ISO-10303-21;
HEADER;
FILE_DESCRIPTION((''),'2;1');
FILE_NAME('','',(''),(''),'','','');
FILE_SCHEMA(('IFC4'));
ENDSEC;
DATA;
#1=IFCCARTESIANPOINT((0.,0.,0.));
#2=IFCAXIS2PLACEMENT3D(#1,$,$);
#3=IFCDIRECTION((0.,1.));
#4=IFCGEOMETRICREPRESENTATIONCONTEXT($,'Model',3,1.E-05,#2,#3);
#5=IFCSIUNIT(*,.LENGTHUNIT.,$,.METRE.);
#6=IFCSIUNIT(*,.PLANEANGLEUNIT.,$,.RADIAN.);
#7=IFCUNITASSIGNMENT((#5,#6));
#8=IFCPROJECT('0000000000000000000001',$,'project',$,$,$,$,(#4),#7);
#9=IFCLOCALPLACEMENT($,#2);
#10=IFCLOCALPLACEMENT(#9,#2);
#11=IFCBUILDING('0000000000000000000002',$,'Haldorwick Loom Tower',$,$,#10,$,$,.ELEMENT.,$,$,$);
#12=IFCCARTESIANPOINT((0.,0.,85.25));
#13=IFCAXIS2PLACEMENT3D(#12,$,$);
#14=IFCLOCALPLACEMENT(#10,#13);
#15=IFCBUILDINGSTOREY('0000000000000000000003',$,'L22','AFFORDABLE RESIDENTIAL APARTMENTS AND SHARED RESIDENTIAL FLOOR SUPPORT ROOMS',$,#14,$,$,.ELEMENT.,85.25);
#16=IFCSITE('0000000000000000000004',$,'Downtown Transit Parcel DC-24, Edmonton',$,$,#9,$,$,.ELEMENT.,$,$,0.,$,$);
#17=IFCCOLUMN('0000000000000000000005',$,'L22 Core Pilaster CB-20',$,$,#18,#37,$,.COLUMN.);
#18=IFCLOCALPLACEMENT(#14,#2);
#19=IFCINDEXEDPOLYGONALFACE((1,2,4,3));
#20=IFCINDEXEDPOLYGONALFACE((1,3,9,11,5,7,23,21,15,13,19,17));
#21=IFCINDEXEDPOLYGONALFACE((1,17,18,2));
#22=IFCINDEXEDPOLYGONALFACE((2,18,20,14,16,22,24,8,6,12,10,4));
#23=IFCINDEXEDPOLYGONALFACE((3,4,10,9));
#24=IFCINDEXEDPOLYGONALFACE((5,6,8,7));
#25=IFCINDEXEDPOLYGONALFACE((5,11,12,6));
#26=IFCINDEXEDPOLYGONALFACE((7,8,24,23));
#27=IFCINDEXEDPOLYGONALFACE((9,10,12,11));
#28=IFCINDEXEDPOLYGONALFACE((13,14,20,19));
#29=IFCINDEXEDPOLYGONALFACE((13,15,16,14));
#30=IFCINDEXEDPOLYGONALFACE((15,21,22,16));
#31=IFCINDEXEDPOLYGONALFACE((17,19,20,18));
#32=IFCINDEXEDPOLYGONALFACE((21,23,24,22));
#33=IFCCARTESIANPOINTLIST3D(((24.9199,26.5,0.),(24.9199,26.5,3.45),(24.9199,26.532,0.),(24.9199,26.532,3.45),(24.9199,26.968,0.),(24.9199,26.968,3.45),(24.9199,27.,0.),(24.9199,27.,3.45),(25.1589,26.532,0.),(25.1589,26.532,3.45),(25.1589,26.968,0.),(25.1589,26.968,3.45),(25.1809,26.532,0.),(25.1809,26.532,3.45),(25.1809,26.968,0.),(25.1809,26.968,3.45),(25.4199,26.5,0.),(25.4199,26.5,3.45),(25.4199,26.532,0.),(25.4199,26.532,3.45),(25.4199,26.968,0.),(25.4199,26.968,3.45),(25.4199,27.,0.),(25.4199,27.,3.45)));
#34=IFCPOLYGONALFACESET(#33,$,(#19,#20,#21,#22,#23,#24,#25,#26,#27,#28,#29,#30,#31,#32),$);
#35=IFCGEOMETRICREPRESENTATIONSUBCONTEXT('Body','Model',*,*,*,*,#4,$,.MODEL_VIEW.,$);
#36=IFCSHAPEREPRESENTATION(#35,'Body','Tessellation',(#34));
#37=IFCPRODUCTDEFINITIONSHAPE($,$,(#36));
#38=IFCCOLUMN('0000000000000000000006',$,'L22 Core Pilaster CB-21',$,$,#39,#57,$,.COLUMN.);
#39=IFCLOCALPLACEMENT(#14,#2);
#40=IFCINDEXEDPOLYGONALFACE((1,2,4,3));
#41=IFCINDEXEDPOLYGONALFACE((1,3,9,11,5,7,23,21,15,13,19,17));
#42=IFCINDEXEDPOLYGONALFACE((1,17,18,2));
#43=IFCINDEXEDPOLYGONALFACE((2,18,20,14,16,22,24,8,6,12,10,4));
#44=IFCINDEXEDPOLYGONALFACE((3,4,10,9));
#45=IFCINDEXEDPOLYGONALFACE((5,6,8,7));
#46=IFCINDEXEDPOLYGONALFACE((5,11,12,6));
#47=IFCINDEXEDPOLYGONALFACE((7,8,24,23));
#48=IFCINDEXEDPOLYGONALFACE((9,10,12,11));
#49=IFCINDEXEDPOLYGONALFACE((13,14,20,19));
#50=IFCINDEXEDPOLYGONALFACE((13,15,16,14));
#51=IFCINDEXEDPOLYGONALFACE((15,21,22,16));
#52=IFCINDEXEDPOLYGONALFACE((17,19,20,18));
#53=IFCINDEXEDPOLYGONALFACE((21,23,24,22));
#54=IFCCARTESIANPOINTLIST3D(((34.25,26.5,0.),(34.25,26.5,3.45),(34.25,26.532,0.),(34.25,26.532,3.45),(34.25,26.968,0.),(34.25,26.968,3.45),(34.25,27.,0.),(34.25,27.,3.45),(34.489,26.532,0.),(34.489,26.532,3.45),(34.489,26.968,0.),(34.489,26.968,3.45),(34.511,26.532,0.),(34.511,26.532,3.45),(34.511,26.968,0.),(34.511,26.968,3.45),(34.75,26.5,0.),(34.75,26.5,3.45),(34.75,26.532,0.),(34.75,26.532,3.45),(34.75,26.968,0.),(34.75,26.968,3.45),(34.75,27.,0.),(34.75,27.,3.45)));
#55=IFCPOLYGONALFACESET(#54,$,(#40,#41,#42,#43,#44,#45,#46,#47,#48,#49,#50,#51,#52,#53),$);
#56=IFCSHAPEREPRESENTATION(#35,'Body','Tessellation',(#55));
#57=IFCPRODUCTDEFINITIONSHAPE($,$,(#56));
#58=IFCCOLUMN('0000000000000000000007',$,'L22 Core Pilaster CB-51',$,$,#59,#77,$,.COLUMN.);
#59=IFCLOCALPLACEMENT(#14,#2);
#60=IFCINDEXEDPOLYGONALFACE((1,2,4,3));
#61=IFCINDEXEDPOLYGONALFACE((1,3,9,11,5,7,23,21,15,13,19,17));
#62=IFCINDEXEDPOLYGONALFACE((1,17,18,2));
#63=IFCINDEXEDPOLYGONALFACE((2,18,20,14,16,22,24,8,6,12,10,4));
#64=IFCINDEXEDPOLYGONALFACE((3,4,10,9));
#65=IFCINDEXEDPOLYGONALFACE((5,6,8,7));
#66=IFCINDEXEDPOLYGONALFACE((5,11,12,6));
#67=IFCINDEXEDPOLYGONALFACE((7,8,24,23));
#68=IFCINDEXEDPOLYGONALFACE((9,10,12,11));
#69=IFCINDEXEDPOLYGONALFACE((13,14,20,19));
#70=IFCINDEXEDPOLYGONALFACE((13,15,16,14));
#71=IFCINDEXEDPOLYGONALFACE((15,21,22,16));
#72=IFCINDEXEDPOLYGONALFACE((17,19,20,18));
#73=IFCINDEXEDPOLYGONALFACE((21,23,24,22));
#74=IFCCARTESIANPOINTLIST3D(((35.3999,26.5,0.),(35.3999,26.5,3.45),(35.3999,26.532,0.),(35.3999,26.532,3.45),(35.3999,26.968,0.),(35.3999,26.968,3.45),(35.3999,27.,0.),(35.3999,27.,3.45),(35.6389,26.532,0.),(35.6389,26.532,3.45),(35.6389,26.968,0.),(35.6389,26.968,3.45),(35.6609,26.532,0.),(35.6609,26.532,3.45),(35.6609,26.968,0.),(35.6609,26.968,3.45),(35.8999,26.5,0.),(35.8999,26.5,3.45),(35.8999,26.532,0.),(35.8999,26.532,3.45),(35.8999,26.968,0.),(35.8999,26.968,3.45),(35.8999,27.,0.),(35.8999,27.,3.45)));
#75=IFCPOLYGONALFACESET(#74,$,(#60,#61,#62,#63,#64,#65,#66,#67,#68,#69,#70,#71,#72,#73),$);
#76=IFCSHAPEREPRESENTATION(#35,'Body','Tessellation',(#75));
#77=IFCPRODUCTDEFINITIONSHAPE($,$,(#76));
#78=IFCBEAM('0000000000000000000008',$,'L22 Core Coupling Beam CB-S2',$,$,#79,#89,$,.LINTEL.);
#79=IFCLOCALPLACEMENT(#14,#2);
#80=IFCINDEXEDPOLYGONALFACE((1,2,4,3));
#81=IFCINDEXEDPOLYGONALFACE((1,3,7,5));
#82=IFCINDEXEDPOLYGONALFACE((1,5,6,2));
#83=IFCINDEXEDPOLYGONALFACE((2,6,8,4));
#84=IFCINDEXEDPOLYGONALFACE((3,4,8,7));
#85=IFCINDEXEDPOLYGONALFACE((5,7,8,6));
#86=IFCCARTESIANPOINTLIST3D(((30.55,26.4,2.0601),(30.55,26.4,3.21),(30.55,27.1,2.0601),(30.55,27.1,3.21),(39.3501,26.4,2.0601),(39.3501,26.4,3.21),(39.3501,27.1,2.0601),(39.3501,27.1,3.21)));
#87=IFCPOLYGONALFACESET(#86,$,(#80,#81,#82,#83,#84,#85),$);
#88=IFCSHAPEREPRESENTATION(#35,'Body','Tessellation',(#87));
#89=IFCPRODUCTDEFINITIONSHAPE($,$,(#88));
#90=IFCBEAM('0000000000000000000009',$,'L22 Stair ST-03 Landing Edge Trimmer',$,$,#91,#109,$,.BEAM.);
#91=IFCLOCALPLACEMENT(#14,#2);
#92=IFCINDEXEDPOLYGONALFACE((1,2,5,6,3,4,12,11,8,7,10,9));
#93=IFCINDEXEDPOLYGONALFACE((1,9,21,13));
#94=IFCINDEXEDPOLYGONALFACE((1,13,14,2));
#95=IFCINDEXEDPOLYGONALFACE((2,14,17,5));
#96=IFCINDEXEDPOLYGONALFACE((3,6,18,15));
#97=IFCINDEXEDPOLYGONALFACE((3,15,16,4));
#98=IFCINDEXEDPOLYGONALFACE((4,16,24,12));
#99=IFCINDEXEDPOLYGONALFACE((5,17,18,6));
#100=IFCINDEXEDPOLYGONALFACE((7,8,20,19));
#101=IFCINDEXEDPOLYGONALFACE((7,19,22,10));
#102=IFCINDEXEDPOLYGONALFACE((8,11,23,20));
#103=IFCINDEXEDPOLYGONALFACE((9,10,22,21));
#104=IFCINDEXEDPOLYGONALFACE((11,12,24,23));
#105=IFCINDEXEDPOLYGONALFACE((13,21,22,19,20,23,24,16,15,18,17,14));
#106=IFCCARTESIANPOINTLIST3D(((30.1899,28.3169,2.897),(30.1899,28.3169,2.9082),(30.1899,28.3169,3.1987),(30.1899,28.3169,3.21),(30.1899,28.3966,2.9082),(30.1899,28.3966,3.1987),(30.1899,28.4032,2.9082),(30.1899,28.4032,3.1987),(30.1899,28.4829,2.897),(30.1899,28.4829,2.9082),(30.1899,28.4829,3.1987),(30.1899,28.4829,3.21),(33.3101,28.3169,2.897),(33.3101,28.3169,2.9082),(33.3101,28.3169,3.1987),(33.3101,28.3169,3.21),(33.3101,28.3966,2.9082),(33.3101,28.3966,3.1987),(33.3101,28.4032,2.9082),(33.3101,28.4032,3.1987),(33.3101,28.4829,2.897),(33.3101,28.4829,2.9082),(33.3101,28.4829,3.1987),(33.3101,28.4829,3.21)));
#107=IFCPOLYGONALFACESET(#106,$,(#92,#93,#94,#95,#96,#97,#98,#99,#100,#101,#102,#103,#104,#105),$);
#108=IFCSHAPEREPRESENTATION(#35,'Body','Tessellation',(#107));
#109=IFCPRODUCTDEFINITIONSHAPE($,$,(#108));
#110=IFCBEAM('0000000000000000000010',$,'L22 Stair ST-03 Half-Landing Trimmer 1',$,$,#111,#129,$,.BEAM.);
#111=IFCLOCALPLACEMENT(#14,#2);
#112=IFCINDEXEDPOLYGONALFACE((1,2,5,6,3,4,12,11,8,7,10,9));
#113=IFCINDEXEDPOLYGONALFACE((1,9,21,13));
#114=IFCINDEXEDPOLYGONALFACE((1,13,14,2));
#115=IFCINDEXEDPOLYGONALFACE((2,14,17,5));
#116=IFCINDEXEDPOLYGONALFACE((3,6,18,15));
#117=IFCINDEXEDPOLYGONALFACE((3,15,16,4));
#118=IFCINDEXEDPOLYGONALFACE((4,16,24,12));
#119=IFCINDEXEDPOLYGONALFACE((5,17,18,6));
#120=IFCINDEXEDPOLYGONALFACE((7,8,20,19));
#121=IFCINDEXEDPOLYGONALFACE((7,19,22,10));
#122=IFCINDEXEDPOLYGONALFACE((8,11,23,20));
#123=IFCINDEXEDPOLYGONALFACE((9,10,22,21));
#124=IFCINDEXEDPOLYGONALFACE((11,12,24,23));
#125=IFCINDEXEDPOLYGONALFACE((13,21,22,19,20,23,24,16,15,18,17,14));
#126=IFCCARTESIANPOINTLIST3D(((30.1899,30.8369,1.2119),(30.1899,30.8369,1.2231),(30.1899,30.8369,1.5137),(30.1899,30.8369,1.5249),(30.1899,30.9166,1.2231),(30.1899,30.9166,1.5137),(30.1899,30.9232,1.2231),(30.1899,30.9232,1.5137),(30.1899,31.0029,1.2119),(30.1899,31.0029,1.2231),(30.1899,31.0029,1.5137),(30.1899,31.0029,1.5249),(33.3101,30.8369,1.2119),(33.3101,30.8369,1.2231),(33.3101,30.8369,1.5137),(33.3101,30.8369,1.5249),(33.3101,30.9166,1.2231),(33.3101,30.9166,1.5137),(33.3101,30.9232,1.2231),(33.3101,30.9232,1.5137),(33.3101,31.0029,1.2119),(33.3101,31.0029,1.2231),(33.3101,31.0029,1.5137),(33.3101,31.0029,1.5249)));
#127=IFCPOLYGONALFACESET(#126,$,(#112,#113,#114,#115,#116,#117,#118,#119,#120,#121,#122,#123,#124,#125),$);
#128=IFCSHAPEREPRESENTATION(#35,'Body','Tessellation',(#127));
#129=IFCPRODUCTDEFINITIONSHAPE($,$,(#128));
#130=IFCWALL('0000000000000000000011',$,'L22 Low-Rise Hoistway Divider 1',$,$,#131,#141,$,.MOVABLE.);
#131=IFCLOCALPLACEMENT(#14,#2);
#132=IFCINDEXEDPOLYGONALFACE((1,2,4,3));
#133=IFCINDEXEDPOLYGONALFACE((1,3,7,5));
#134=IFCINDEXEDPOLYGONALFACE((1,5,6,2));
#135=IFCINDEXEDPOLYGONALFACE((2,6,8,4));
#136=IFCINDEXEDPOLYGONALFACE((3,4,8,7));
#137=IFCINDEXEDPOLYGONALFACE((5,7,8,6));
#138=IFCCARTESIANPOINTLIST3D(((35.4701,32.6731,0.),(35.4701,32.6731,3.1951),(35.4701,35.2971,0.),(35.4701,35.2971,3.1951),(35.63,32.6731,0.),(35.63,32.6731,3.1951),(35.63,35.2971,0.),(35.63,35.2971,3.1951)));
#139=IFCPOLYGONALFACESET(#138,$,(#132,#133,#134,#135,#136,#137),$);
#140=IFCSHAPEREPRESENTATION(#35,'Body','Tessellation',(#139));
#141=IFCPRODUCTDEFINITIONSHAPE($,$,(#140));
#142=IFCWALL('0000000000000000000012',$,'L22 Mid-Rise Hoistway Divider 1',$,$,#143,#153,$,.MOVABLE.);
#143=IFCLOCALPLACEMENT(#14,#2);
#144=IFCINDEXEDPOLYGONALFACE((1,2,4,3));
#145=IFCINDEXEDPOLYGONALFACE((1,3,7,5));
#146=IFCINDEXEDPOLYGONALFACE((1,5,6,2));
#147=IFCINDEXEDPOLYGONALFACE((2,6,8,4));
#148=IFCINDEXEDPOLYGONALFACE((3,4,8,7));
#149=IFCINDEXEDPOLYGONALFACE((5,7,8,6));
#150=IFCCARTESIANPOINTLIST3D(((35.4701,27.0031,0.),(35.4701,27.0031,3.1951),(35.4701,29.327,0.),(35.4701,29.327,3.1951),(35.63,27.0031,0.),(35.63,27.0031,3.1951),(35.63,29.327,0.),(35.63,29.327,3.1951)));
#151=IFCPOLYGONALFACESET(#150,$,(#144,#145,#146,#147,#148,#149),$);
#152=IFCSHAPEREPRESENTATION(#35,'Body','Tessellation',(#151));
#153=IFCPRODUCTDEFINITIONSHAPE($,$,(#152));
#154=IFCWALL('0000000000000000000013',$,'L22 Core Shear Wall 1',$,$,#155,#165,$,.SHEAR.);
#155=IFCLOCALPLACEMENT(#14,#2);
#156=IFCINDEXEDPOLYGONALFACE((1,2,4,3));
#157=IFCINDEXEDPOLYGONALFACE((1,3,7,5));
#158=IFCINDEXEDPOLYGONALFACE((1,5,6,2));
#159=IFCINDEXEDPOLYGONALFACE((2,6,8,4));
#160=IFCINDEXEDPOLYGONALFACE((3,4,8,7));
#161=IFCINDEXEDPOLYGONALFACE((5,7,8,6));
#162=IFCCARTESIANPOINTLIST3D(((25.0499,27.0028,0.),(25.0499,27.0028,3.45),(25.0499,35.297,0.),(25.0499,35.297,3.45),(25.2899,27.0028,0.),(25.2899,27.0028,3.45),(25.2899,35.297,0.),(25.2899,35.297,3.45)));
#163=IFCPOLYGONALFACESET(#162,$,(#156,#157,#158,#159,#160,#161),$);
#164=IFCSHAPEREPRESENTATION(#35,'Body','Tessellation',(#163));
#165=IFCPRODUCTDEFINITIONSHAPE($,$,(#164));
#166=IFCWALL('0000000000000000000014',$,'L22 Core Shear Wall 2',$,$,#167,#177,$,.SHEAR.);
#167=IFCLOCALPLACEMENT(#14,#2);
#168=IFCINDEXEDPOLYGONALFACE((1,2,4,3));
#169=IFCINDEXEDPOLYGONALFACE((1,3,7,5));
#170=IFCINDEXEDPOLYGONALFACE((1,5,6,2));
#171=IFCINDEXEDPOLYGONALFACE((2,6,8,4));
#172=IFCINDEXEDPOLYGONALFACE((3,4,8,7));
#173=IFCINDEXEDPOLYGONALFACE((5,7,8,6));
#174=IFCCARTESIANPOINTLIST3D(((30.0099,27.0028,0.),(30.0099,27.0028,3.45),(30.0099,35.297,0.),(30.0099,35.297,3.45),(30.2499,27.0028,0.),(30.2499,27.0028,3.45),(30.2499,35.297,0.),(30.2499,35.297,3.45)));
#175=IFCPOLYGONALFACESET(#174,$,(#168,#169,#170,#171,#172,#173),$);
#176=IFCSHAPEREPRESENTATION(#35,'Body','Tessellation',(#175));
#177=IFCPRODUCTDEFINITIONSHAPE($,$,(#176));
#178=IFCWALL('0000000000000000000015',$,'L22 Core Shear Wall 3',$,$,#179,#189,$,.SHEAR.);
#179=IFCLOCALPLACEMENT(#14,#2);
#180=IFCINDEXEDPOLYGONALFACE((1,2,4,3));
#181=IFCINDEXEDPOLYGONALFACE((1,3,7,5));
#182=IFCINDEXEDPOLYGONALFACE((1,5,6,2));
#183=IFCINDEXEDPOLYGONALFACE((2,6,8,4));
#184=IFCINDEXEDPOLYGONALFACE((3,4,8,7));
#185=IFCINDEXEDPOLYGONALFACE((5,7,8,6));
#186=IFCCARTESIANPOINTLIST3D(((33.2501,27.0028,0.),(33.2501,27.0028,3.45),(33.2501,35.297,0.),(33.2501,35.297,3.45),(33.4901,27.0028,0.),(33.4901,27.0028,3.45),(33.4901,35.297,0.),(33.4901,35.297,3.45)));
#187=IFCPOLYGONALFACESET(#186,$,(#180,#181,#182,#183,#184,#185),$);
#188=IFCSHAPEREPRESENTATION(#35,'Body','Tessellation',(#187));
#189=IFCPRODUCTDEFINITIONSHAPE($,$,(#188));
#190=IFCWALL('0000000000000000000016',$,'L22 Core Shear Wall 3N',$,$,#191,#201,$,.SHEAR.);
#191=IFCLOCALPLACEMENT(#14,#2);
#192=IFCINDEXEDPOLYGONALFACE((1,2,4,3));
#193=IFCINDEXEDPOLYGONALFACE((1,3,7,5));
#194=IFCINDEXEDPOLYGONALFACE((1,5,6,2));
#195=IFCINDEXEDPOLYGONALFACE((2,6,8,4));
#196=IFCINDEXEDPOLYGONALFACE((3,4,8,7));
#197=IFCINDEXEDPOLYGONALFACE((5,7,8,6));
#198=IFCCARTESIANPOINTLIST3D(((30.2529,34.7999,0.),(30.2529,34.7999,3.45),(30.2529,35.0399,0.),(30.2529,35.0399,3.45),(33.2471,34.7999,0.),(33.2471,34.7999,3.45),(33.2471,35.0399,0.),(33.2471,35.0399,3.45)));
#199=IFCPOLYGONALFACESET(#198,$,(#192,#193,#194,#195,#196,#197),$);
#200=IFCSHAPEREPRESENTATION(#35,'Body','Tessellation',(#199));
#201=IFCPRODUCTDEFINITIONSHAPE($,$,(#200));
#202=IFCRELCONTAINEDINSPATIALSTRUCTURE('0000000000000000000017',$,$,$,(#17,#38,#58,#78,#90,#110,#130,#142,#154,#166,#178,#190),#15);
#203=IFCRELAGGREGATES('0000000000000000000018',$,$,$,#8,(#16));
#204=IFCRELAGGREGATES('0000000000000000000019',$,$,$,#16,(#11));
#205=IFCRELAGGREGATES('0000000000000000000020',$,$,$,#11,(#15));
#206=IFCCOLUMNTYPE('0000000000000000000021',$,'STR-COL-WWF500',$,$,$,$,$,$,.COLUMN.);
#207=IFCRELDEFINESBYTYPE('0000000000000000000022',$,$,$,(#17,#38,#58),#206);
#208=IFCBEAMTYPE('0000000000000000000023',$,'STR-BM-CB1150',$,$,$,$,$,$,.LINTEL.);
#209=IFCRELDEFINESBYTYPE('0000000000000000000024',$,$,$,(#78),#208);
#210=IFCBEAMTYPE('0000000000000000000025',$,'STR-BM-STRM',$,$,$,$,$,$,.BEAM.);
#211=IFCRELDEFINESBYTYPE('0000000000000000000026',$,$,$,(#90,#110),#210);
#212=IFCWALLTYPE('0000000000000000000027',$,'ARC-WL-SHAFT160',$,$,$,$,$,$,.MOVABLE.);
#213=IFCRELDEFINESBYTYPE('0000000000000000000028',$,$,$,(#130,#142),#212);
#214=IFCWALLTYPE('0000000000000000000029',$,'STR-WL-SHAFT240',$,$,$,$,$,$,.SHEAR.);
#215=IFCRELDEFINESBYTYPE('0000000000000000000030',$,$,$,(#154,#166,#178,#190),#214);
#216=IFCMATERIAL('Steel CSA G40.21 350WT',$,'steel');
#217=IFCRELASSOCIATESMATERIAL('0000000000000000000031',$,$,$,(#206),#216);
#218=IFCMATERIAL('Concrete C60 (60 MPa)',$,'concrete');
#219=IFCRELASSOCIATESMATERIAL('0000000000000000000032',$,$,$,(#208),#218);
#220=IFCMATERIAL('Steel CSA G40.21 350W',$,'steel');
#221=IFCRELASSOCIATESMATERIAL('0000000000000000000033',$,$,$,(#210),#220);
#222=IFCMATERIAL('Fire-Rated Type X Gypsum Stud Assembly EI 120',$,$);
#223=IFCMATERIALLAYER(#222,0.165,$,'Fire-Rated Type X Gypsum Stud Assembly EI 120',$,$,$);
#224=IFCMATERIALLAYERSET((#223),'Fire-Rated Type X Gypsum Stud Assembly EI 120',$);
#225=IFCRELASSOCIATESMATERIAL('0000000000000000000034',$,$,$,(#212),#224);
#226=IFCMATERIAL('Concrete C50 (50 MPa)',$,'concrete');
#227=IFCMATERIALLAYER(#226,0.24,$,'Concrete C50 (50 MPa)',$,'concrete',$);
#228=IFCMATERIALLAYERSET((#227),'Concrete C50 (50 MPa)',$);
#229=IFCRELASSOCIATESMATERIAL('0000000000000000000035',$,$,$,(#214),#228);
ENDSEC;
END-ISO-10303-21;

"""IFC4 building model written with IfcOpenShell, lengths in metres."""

from ifc_helpers import new_model, si_unit, direction, frame, frame_2d, origin, origin_2d, place, context, subcontext, project, spatial, rectangle, i_section, extrude, material, layer, layer_set, material_profile, profile_set, type_object, element, save


model = new_model("IFC4")

# Units and contexts
model_context = context("Model", 3, precision=1e-05, world=origin(), true_north=direction((0.0, 1.0)))
body_context = subcontext(model_context, "Body", "Model", "MODEL_VIEW")
ifc_project = project(units=[si_unit("LENGTHUNIT", "METRE"), si_unit("PLANEANGLEUNIT", "RADIAN")], contexts=[model_context])

# Site, building, storey
site_placement = place(None, origin())
site = spatial("IfcSite", under=ifc_project, at=site_placement, Name="Downtown Transit Parcel DC-24, Edmonton", CompositionType="ELEMENT", RefElevation=0.0)
building_placement = place(site_placement, origin())
building = spatial("IfcBuilding", under=site, at=building_placement, Name="Haldorwick Loom Tower", CompositionType="ELEMENT")
storey_placement = place(building_placement, frame((0.0, 0.0, 85.25)))
storey = spatial("IfcBuildingStorey", under=building, at=storey_placement, Name="L22", Description="AFFORDABLE RESIDENTIAL APARTMENTS AND SHARED RESIDENTIAL FLOOR SUPPORT ROOMS", CompositionType="ELEMENT", Elevation=85.25)

# Columns
ifc_material_1 = material(Name="Steel CSA G40.21 350WT", Category="steel")
ifc_material_profile_1 = material_profile(ifc_material_1, i_section(OverallWidth=0.5, OverallDepth=0.5, WebThickness=0.022, FlangeThickness=0.032, at=origin_2d()), Name="WWF500X500", Category="steel")
ifc_profile_set_1 = profile_set([ifc_material_profile_1], Name="Steel CSA G40.21 350WT")
column_type = type_object("IfcColumnType", Name="STR-COL-WWF500", PredefinedType="COLUMN", material=ifc_profile_set_1)
for number, where, z_axis, x_axis, name in (
    (1, (25.1699, 26.75, 0.0), (0.0, 0.0, 1.0), (1.0, 0.0, 0.0), "L22 Core Pilaster CB-20"),
    (2, (34.5, 26.75, 0.0), (0.0, 0.0, 1.0), (1.0, 0.0, 0.0), "L22 Core Pilaster CB-21"),
    (3, (35.6499, 26.75, 0.0), (0.0, 0.0, 1.0), (1.0, 0.0, 0.0), "L22 Core Pilaster CB-51"),
):
    element("IfcColumn", number, at=place(storey_placement, frame(where, z_axis=z_axis, x_axis=x_axis)), inside=storey, type_object=column_type, Name=name, PredefinedType="COLUMN", context=body_context, shape_type="SweptSolid", body=[
        extrude(i_section(OverallWidth=0.5, OverallDepth=0.5, WebThickness=0.022, FlangeThickness=0.032, at=origin_2d()), origin(), (0.0, 0.0, 1.0), 3.45),
    ])

# Beams
ifc_material_2 = material(Name="Concrete C60 (60 MPa)", Category="concrete")
ifc_material_profile_2 = material_profile(ifc_material_2, rectangle(XDim=0.7, YDim=1.1499, at=origin_2d()), Name="RC700X1150", Category="concrete")
ifc_profile_set_2 = profile_set([ifc_material_profile_2], Name="Concrete C60 (60 MPa)")
beam_type_1 = type_object("IfcBeamType", Name="STR-BM-CB1150", PredefinedType="LINTEL", material=ifc_profile_set_2)
beam_placement = place(storey_placement, frame((30.55, 26.75, 2.635), z_axis=(1.0, 0.0, 0.0), x_axis=(0.0, 1.0, 0.0)))
element("IfcBeam", 4, at=beam_placement, inside=storey, type_object=beam_type_1, Name="L22 Core Coupling Beam CB-S2", PredefinedType="LINTEL", context=body_context, shape_type="SweptSolid", body=[
    extrude(rectangle(XDim=0.7, YDim=1.1499, at=origin_2d()), origin(), (0.0, 0.0, 1.0), 8.8),
])
ifc_material_3 = material(Name="Steel CSA G40.21 350W", Category="steel")
ifc_material_profile_3 = material_profile(ifc_material_3, i_section(OverallWidth=0.166, OverallDepth=0.313, WebThickness=0.0066, FlangeThickness=0.0112, at=origin_2d()), Name="W310X45", Category="steel")
ifc_profile_set_3 = profile_set([ifc_material_profile_3], Name="Steel CSA G40.21 350W")
beam_type_2 = type_object("IfcBeamType", Name="STR-BM-STRM", PredefinedType="BEAM", material=ifc_profile_set_3)
for number, where, z_axis, x_axis, name in (
    (5, (30.1899, 28.3999, 3.0535), (1.0, 0.0, 0.0), (0.0, 1.0, 0.0), "L22 Stair ST-03 Landing Edge Trimmer"),
    (6, (30.1899, 30.9199, 1.3684), (1.0, 0.0, 0.0), (0.0, 1.0, 0.0), "L22 Stair ST-03 Half-Landing Trimmer 1"),
):
    element("IfcBeam", number, at=place(storey_placement, frame(where, z_axis=z_axis, x_axis=x_axis)), inside=storey, type_object=beam_type_2, Name=name, PredefinedType="BEAM", context=body_context, shape_type="SweptSolid", body=[
        extrude(i_section(OverallWidth=0.166, OverallDepth=0.313, WebThickness=0.0066, FlangeThickness=0.0112, at=origin_2d()), origin(), (0.0, 0.0, 1.0), 3.1201),
    ])

# Walls
ifc_material_4 = material(Name="Fire-Rated Type X Gypsum Stud Assembly EI 120")
ifc_layer_1 = layer(ifc_material_4, 0.165, Name="Fire-Rated Type X Gypsum Stud Assembly EI 120")
ifc_layer_set_1 = layer_set([ifc_layer_1], Name="Fire-Rated Type X Gypsum Stud Assembly EI 120")
wall_type_1 = type_object("IfcWallType", Name="ARC-WL-SHAFT160", PredefinedType="MOVABLE", material=ifc_layer_set_1)
wall_1_placement = place(storey_placement, frame((35.55, 32.6731, 0.0), z_axis=(0.0, 0.0, 1.0), x_axis=(0.0, 1.0, 0.0)))
element("IfcWall", 7, at=wall_1_placement, inside=storey, type_object=wall_type_1, Name="L22 Low-Rise Hoistway Divider 1", PredefinedType="MOVABLE", context=body_context, shape_type="SweptSolid", body=[
    extrude(rectangle(XDim=2.624, YDim=0.1599, at=frame_2d((1.312, 0.0))), origin(), (0.0, 0.0, 1.0), 3.1951),
])
wall_2_placement = place(storey_placement, frame((35.55, 27.0029, 0.0), z_axis=(0.0, 0.0, 1.0), x_axis=(0.0, 1.0, 0.0)))
element("IfcWall", 8, at=wall_2_placement, inside=storey, type_object=wall_type_1, Name="L22 Mid-Rise Hoistway Divider 1", PredefinedType="MOVABLE", context=body_context, shape_type="SweptSolid", body=[
    extrude(rectangle(XDim=2.324, YDim=0.1599, at=frame_2d((1.1621, 0.0))), origin(), (0.0, 0.0, 1.0), 3.1951),
])
ifc_material_5 = material(Name="Concrete C50 (50 MPa)", Category="concrete")
ifc_layer_2 = layer(ifc_material_5, 0.24, Name="Concrete C50 (50 MPa)", Category="concrete")
ifc_layer_set_2 = layer_set([ifc_layer_2], Name="Concrete C50 (50 MPa)")
wall_type_2 = type_object("IfcWallType", Name="STR-WL-SHAFT240", PredefinedType="SHEAR", material=ifc_layer_set_2)
for number, where, z_axis, x_axis, name in (
    (9, (25.1699, 27.0029, 0.0), (0.0, 0.0, 1.0), (0.0, 1.0, 0.0), "L22 Core Shear Wall 1"),
    (10, (30.1299, 27.0029, 0.0), (0.0, 0.0, 1.0), (0.0, 1.0, 0.0), "L22 Core Shear Wall 2"),
    (11, (33.3701, 27.0029, 0.0), (0.0, 0.0, 1.0), (0.0, 1.0, 0.0), "L22 Core Shear Wall 3"),
):
    element("IfcWall", number, at=place(storey_placement, frame(where, z_axis=z_axis, x_axis=x_axis)), inside=storey, type_object=wall_type_2, Name=name, PredefinedType="SHEAR", context=body_context, shape_type="SweptSolid", body=[
        extrude(rectangle(XDim=8.2942, YDim=0.24, at=frame_2d((4.147, 0.0))), origin(), (0.0, 0.0, 1.0), 3.45),
    ])
wall_3_placement = place(storey_placement, frame((30.2529, 34.9199, 0.0), z_axis=(0.0, 0.0, 1.0), x_axis=(1.0, 0.0, 0.0)))
element("IfcWall", 12, at=wall_3_placement, inside=storey, type_object=wall_type_2, Name="L22 Core Shear Wall 3N", PredefinedType="SHEAR", context=body_context, shape_type="SweptSolid", body=[
    extrude(rectangle(XDim=2.9941, YDim=0.24, at=frame_2d((1.4971, 0.0))), origin(), (0.0, 0.0, 1.0), 3.45),
])

save(model, "model.ifc")
